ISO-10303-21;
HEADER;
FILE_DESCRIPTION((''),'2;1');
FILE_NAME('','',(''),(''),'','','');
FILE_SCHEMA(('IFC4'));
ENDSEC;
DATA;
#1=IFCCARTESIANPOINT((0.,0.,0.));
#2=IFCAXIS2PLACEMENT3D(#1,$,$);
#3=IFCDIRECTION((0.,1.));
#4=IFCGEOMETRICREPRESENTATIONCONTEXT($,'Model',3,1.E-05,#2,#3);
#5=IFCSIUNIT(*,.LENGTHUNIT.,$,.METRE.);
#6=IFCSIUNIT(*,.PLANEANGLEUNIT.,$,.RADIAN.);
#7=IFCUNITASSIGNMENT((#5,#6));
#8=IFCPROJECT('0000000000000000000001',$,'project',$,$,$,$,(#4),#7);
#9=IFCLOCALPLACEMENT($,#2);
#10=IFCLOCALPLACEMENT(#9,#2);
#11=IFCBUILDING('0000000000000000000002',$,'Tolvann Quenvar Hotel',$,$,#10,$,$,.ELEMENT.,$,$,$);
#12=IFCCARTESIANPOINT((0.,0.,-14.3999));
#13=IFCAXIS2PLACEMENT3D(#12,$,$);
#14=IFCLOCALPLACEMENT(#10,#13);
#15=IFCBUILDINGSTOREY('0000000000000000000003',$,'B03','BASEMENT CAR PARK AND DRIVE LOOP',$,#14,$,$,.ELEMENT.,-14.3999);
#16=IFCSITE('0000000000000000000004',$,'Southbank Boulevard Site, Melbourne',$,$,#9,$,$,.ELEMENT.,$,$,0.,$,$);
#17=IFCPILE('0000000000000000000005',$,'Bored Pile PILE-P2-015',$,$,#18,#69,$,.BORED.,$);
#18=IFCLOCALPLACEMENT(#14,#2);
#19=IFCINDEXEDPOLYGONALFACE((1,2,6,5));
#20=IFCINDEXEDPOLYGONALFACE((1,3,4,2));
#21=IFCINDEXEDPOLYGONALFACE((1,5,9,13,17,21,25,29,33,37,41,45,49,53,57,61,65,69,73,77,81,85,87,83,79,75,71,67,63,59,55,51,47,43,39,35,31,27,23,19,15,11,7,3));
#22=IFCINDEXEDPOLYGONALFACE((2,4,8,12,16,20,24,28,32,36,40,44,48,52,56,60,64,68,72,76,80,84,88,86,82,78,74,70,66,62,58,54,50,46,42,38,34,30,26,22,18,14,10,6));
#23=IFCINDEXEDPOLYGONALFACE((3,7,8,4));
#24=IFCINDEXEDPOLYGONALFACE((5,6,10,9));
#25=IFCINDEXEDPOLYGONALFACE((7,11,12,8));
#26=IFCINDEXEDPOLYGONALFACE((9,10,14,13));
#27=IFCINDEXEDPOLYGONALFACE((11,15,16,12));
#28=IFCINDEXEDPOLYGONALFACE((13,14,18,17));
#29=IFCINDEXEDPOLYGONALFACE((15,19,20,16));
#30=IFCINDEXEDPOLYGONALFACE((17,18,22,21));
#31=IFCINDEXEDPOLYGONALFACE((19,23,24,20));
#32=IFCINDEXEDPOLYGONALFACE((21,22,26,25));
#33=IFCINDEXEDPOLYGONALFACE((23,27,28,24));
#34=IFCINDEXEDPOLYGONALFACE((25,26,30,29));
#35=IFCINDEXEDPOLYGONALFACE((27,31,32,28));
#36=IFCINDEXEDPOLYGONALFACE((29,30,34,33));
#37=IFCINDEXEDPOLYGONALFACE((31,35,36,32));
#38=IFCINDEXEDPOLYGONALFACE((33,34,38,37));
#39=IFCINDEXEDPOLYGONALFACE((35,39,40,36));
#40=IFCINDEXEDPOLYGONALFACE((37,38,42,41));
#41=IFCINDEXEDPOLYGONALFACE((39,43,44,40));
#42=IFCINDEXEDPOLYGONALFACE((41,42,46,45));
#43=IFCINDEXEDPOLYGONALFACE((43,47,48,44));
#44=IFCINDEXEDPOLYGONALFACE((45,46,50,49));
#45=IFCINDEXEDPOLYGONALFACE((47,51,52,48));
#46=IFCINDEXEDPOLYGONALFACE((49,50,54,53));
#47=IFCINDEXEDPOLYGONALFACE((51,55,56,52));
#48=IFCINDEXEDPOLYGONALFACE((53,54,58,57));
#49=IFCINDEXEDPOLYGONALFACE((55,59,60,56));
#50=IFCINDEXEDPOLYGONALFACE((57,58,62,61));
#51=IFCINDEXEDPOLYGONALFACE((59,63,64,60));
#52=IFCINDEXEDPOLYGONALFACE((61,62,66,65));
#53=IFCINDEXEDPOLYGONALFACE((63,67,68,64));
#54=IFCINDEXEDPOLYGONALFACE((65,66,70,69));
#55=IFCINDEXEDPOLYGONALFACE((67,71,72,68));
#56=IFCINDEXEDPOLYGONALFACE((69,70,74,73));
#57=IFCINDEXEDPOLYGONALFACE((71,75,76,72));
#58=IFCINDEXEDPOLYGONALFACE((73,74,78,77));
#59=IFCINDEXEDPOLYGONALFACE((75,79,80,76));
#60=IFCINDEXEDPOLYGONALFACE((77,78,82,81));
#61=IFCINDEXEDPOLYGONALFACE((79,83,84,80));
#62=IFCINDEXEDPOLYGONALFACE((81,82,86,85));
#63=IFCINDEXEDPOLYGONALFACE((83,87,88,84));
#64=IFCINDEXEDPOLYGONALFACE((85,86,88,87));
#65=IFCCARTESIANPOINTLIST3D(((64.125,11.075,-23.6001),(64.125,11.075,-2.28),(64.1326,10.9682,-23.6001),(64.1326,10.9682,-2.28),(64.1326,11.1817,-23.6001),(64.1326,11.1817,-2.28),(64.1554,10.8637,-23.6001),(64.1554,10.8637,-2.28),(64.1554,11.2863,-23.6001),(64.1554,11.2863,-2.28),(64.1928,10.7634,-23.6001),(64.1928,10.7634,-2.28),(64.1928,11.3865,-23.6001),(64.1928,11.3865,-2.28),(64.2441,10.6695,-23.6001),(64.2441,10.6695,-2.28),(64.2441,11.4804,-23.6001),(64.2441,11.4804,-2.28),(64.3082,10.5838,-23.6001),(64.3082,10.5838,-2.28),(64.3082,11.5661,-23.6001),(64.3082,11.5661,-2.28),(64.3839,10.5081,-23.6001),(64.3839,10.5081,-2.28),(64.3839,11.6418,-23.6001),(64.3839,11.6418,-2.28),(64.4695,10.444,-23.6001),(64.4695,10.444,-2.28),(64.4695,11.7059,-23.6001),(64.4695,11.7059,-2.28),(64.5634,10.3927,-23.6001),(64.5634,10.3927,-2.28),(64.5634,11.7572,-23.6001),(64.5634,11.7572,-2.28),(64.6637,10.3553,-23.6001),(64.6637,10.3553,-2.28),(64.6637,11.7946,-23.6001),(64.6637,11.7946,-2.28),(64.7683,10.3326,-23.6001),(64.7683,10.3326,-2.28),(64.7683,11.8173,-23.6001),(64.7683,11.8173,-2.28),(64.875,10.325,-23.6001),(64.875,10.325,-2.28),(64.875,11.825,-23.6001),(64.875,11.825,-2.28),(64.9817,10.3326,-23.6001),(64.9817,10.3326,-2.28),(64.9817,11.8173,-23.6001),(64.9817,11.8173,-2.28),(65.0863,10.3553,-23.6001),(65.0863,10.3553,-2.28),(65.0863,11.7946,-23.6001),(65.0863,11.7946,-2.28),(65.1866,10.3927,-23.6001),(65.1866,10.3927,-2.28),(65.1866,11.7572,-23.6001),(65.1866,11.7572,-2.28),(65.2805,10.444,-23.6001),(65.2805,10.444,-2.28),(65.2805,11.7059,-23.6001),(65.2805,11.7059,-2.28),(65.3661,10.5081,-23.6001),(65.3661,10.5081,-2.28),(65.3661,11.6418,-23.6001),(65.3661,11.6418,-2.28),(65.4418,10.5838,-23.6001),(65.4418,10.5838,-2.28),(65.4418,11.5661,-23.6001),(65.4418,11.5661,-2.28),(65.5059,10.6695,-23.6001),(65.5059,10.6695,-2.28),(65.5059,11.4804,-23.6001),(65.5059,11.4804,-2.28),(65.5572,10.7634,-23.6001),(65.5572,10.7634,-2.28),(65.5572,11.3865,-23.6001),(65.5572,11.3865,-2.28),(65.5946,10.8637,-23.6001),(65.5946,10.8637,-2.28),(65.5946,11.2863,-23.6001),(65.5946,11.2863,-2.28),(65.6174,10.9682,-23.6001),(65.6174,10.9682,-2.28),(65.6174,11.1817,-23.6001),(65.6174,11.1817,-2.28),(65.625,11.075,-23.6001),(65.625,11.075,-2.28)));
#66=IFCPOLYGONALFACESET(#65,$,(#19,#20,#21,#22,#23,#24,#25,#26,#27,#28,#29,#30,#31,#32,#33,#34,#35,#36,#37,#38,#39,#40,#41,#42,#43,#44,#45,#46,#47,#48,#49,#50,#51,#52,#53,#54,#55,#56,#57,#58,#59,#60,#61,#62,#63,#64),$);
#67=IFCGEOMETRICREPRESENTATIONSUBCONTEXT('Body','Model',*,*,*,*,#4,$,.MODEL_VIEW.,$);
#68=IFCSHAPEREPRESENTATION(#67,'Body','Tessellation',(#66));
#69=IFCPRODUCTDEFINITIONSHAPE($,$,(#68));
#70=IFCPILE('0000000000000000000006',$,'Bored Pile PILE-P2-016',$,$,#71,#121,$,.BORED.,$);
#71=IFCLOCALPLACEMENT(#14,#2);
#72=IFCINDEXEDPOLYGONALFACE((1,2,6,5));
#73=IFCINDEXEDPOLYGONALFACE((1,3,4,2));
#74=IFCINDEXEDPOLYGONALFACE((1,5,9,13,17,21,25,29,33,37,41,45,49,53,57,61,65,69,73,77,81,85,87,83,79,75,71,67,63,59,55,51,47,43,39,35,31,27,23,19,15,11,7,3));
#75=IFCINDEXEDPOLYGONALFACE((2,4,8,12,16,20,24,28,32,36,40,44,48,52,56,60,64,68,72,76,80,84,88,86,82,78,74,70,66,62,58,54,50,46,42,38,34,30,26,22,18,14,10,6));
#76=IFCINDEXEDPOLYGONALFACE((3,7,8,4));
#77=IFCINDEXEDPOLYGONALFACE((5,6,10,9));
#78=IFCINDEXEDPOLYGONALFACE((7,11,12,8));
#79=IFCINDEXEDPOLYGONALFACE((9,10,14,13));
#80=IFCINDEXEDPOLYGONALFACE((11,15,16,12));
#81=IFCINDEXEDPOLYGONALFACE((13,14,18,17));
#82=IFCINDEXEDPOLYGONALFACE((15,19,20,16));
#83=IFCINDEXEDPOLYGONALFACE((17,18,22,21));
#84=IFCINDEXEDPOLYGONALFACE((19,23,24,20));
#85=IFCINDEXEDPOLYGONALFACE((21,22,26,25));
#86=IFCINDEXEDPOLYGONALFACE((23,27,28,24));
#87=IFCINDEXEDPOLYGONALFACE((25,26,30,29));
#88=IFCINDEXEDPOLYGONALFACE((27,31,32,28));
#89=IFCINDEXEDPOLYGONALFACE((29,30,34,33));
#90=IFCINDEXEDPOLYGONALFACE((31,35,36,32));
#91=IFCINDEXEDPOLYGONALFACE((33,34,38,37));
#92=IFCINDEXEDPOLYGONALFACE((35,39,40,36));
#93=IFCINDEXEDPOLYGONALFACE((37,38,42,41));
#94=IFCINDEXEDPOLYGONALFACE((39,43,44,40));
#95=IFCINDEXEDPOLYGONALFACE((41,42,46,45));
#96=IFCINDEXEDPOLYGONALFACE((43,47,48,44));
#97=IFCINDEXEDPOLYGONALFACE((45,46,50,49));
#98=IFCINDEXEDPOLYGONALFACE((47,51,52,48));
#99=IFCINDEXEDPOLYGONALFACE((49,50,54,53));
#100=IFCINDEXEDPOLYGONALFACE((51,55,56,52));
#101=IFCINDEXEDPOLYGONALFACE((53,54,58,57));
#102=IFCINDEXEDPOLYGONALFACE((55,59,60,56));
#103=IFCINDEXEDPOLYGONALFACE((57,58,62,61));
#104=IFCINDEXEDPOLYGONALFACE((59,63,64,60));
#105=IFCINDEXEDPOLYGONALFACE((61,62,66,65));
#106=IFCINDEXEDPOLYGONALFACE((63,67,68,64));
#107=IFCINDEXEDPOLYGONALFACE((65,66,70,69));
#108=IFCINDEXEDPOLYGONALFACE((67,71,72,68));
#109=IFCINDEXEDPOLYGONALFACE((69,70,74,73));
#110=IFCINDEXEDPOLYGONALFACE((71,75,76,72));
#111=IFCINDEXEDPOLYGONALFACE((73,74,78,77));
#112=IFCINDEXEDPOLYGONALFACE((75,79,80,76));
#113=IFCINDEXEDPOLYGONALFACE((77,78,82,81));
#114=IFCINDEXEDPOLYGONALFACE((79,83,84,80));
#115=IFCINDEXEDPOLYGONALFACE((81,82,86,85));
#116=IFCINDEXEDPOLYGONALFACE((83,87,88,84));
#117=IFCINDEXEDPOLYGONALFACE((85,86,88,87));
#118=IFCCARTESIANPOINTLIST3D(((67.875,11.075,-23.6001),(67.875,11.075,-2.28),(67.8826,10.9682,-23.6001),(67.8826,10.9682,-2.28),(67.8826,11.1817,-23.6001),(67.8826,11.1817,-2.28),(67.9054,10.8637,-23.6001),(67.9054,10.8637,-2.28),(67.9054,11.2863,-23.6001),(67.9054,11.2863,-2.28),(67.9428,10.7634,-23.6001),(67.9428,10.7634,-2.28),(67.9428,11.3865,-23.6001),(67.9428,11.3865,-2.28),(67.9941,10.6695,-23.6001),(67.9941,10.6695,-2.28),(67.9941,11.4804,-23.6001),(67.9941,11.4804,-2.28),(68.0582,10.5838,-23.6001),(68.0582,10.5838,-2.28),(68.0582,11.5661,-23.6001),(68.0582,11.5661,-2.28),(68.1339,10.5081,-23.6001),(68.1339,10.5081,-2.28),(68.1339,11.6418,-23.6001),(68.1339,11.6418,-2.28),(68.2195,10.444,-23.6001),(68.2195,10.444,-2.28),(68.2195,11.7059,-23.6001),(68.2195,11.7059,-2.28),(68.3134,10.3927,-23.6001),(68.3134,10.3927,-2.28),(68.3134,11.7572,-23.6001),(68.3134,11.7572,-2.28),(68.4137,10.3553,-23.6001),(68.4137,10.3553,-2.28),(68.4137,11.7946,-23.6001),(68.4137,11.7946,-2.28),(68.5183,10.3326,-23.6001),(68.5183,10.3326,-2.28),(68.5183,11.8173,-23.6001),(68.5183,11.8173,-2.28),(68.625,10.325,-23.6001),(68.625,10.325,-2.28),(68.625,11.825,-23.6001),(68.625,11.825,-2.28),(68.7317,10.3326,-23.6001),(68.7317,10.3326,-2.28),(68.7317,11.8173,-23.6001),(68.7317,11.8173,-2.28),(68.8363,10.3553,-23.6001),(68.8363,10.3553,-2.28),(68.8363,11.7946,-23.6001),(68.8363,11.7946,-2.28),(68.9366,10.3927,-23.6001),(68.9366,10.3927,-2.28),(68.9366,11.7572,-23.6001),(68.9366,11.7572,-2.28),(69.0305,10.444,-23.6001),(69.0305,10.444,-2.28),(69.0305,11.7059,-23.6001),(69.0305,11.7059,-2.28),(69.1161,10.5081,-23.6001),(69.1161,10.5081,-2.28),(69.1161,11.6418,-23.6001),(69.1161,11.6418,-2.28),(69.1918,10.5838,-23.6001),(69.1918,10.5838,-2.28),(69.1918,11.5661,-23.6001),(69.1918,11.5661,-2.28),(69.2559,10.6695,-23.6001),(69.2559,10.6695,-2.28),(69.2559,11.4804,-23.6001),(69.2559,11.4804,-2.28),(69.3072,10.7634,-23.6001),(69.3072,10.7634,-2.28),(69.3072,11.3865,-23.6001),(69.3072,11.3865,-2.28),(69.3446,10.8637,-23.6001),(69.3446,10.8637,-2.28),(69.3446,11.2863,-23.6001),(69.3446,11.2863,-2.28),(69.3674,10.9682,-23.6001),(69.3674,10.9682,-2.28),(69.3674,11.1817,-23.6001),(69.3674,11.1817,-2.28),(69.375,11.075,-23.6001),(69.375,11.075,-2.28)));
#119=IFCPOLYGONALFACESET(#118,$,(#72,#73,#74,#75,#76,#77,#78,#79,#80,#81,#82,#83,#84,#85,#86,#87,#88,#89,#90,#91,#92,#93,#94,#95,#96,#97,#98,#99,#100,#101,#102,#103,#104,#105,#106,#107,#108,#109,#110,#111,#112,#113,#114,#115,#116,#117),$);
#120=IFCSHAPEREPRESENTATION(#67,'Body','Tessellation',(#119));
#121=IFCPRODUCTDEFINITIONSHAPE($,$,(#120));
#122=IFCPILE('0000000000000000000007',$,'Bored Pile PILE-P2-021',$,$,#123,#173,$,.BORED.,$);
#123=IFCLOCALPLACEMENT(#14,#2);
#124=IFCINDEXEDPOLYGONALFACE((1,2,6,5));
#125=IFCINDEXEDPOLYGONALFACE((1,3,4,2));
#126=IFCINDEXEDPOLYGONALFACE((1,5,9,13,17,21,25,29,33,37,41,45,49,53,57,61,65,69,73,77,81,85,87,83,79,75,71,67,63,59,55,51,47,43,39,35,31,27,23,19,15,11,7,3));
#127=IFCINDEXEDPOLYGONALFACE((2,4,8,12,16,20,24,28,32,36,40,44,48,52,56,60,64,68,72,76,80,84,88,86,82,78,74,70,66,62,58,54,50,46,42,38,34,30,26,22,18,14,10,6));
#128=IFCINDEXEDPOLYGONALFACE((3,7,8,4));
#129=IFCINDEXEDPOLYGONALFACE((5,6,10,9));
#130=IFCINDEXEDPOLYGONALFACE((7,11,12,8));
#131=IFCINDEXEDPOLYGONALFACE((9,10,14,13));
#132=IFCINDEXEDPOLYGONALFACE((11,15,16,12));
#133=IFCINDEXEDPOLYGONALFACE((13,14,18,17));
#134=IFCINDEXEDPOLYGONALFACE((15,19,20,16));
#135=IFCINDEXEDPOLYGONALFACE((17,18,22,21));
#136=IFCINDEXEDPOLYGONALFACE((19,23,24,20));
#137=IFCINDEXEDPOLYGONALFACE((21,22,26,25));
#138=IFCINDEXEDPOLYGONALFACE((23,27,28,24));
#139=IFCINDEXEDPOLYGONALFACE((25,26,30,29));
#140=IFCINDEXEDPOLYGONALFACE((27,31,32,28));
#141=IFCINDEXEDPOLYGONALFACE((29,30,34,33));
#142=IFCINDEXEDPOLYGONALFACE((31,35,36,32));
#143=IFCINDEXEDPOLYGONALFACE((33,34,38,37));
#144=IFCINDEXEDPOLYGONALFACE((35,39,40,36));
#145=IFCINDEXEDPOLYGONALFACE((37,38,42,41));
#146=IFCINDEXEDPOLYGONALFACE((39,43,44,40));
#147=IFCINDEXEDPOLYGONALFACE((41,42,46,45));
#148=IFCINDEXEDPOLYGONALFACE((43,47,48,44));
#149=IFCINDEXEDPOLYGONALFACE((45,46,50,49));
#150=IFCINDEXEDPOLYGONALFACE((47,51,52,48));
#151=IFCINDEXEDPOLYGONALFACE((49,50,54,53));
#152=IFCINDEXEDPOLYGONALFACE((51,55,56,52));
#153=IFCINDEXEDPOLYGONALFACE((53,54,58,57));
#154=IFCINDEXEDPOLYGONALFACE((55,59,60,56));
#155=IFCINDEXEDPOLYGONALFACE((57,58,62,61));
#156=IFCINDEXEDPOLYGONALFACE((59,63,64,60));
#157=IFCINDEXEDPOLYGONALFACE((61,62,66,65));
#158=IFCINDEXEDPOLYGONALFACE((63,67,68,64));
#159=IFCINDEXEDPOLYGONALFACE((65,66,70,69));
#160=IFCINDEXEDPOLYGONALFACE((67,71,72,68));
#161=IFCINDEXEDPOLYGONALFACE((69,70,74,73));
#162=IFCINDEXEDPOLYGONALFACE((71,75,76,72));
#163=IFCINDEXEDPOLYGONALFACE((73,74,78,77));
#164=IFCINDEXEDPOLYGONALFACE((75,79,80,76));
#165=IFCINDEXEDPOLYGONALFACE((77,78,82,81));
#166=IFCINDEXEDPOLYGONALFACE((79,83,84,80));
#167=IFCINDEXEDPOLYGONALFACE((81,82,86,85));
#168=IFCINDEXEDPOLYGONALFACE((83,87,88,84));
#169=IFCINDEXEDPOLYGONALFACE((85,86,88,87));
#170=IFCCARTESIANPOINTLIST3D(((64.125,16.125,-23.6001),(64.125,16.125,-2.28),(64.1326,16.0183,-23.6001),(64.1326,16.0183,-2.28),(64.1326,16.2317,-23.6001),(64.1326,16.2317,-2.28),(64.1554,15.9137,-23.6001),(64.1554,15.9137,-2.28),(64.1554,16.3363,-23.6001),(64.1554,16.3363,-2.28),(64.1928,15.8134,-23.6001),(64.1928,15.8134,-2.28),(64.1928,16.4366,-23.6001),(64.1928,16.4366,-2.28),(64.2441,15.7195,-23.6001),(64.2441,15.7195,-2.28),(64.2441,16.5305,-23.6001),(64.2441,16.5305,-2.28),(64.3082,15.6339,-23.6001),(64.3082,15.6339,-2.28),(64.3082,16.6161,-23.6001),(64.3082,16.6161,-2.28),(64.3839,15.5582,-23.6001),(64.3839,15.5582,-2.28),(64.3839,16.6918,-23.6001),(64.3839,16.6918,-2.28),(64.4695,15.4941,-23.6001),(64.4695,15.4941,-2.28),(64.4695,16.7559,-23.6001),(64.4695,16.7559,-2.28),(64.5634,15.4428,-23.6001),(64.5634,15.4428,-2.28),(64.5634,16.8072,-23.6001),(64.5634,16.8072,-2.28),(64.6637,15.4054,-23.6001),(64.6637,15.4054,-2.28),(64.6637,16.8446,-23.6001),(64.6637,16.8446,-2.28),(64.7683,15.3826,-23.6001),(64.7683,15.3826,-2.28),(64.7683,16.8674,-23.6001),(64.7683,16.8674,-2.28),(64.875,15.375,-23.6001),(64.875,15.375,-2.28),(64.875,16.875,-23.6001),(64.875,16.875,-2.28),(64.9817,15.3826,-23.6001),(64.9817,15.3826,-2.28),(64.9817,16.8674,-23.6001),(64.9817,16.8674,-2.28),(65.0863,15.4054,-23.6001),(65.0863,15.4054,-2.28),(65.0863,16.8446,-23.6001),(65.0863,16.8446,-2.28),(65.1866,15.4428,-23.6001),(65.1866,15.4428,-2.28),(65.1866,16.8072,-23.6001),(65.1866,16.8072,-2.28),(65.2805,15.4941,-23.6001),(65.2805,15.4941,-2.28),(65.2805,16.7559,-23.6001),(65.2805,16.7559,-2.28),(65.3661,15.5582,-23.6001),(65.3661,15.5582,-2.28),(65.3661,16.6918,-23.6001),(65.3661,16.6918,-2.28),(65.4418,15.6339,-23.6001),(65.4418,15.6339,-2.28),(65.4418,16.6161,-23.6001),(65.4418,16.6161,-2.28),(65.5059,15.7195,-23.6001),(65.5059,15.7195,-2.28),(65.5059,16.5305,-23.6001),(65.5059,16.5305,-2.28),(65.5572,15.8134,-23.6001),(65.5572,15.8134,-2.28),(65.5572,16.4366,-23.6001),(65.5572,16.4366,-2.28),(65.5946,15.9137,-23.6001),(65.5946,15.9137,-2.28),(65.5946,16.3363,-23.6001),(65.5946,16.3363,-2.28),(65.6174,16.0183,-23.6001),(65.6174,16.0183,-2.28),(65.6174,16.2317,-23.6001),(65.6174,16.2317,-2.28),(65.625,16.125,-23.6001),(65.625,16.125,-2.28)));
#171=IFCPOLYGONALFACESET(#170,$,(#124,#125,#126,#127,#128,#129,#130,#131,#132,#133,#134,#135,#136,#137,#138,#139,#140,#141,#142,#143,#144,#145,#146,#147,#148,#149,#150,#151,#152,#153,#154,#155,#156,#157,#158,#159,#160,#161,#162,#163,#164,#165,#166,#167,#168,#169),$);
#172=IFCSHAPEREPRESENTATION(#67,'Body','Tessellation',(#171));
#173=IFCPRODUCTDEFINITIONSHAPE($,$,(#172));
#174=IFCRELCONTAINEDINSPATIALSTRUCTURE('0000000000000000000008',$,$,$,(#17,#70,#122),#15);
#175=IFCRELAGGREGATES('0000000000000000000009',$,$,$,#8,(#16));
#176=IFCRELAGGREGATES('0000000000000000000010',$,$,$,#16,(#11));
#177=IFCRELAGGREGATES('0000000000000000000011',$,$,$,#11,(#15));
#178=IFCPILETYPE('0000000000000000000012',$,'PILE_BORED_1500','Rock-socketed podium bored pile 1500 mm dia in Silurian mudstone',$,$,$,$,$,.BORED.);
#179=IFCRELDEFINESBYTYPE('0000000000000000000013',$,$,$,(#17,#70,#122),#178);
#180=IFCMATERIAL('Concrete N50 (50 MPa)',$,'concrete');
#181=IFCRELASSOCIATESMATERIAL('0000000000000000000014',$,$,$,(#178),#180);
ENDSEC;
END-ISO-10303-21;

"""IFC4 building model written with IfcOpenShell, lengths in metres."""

from ifc_helpers import new_model, si_unit, direction, frame, origin, origin_2d, place, context, subcontext, project, spatial, circle, extrude, material, material_profile, profile_set, type_object, element, save


model = new_model("IFC4")

# Units and contexts
model_context = context("Model", 3, precision=1e-05, world=origin(), true_north=direction((0.0, 1.0)))
body_context = subcontext(model_context, "Body", "Model", "MODEL_VIEW")
ifc_project = project(units=[si_unit("LENGTHUNIT", "METRE"), si_unit("PLANEANGLEUNIT", "RADIAN")], contexts=[model_context])

# Site, building, storey
site_placement = place(None, origin())
site = spatial("IfcSite", under=ifc_project, at=site_placement, Name="Southbank Boulevard Site, Melbourne", CompositionType="ELEMENT", RefElevation=0.0)
building_placement = place(site_placement, origin())
building = spatial("IfcBuilding", under=site, at=building_placement, Name="Tolvann Quenvar Hotel", CompositionType="ELEMENT")
storey_placement = place(building_placement, frame((0.0, 0.0, -14.3999)))
storey = spatial("IfcBuildingStorey", under=building, at=storey_placement, Name="B03", Description="BASEMENT CAR PARK AND DRIVE LOOP", CompositionType="ELEMENT", Elevation=-14.3999)

# Piles
ifc_material_1 = material(Name="Concrete N50 (50 MPa)", Category="concrete")
ifc_material_profile_1 = material_profile(ifc_material_1, circle(Radius=0.75, at=origin_2d()), Name="PILE1500")
ifc_profile_set_1 = profile_set([ifc_material_profile_1], Name="Concrete N50 (50 MPa)")
pile_type_1 = type_object("IfcPileType", Name="PILE_BORED_1500", Description="Rock-socketed podium bored pile 1500 mm dia in Silurian mudstone", PredefinedType="BORED", material=ifc_profile_set_1)
for number, where, z_axis, x_axis, name in (
    (1, (64.875, 11.075, -2.28), (0.0, 0.0, -1.0), (1.0, 0.0, 0.0), "Bored Pile PILE-P2-015"),
    (2, (68.625, 11.075, -2.28), (0.0, 0.0, -1.0), (1.0, 0.0, 0.0), "Bored Pile PILE-P2-016"),
    (3, (64.875, 16.125, -2.28), (0.0, 0.0, -1.0), (1.0, 0.0, 0.0), "Bored Pile PILE-P2-021"),
):
    element("IfcPile", number, at=place(storey_placement, frame(where, z_axis=z_axis, x_axis=x_axis)), inside=storey, type_object=pile_type_1, Name=name, PredefinedType="BORED", context=body_context, shape_type="SweptSolid", body=[
        extrude(circle(Radius=0.75, at=origin_2d()), origin(), (0.0, 0.0, 1.0), 21.3201),
    ])

save(model, "model.ifc")
